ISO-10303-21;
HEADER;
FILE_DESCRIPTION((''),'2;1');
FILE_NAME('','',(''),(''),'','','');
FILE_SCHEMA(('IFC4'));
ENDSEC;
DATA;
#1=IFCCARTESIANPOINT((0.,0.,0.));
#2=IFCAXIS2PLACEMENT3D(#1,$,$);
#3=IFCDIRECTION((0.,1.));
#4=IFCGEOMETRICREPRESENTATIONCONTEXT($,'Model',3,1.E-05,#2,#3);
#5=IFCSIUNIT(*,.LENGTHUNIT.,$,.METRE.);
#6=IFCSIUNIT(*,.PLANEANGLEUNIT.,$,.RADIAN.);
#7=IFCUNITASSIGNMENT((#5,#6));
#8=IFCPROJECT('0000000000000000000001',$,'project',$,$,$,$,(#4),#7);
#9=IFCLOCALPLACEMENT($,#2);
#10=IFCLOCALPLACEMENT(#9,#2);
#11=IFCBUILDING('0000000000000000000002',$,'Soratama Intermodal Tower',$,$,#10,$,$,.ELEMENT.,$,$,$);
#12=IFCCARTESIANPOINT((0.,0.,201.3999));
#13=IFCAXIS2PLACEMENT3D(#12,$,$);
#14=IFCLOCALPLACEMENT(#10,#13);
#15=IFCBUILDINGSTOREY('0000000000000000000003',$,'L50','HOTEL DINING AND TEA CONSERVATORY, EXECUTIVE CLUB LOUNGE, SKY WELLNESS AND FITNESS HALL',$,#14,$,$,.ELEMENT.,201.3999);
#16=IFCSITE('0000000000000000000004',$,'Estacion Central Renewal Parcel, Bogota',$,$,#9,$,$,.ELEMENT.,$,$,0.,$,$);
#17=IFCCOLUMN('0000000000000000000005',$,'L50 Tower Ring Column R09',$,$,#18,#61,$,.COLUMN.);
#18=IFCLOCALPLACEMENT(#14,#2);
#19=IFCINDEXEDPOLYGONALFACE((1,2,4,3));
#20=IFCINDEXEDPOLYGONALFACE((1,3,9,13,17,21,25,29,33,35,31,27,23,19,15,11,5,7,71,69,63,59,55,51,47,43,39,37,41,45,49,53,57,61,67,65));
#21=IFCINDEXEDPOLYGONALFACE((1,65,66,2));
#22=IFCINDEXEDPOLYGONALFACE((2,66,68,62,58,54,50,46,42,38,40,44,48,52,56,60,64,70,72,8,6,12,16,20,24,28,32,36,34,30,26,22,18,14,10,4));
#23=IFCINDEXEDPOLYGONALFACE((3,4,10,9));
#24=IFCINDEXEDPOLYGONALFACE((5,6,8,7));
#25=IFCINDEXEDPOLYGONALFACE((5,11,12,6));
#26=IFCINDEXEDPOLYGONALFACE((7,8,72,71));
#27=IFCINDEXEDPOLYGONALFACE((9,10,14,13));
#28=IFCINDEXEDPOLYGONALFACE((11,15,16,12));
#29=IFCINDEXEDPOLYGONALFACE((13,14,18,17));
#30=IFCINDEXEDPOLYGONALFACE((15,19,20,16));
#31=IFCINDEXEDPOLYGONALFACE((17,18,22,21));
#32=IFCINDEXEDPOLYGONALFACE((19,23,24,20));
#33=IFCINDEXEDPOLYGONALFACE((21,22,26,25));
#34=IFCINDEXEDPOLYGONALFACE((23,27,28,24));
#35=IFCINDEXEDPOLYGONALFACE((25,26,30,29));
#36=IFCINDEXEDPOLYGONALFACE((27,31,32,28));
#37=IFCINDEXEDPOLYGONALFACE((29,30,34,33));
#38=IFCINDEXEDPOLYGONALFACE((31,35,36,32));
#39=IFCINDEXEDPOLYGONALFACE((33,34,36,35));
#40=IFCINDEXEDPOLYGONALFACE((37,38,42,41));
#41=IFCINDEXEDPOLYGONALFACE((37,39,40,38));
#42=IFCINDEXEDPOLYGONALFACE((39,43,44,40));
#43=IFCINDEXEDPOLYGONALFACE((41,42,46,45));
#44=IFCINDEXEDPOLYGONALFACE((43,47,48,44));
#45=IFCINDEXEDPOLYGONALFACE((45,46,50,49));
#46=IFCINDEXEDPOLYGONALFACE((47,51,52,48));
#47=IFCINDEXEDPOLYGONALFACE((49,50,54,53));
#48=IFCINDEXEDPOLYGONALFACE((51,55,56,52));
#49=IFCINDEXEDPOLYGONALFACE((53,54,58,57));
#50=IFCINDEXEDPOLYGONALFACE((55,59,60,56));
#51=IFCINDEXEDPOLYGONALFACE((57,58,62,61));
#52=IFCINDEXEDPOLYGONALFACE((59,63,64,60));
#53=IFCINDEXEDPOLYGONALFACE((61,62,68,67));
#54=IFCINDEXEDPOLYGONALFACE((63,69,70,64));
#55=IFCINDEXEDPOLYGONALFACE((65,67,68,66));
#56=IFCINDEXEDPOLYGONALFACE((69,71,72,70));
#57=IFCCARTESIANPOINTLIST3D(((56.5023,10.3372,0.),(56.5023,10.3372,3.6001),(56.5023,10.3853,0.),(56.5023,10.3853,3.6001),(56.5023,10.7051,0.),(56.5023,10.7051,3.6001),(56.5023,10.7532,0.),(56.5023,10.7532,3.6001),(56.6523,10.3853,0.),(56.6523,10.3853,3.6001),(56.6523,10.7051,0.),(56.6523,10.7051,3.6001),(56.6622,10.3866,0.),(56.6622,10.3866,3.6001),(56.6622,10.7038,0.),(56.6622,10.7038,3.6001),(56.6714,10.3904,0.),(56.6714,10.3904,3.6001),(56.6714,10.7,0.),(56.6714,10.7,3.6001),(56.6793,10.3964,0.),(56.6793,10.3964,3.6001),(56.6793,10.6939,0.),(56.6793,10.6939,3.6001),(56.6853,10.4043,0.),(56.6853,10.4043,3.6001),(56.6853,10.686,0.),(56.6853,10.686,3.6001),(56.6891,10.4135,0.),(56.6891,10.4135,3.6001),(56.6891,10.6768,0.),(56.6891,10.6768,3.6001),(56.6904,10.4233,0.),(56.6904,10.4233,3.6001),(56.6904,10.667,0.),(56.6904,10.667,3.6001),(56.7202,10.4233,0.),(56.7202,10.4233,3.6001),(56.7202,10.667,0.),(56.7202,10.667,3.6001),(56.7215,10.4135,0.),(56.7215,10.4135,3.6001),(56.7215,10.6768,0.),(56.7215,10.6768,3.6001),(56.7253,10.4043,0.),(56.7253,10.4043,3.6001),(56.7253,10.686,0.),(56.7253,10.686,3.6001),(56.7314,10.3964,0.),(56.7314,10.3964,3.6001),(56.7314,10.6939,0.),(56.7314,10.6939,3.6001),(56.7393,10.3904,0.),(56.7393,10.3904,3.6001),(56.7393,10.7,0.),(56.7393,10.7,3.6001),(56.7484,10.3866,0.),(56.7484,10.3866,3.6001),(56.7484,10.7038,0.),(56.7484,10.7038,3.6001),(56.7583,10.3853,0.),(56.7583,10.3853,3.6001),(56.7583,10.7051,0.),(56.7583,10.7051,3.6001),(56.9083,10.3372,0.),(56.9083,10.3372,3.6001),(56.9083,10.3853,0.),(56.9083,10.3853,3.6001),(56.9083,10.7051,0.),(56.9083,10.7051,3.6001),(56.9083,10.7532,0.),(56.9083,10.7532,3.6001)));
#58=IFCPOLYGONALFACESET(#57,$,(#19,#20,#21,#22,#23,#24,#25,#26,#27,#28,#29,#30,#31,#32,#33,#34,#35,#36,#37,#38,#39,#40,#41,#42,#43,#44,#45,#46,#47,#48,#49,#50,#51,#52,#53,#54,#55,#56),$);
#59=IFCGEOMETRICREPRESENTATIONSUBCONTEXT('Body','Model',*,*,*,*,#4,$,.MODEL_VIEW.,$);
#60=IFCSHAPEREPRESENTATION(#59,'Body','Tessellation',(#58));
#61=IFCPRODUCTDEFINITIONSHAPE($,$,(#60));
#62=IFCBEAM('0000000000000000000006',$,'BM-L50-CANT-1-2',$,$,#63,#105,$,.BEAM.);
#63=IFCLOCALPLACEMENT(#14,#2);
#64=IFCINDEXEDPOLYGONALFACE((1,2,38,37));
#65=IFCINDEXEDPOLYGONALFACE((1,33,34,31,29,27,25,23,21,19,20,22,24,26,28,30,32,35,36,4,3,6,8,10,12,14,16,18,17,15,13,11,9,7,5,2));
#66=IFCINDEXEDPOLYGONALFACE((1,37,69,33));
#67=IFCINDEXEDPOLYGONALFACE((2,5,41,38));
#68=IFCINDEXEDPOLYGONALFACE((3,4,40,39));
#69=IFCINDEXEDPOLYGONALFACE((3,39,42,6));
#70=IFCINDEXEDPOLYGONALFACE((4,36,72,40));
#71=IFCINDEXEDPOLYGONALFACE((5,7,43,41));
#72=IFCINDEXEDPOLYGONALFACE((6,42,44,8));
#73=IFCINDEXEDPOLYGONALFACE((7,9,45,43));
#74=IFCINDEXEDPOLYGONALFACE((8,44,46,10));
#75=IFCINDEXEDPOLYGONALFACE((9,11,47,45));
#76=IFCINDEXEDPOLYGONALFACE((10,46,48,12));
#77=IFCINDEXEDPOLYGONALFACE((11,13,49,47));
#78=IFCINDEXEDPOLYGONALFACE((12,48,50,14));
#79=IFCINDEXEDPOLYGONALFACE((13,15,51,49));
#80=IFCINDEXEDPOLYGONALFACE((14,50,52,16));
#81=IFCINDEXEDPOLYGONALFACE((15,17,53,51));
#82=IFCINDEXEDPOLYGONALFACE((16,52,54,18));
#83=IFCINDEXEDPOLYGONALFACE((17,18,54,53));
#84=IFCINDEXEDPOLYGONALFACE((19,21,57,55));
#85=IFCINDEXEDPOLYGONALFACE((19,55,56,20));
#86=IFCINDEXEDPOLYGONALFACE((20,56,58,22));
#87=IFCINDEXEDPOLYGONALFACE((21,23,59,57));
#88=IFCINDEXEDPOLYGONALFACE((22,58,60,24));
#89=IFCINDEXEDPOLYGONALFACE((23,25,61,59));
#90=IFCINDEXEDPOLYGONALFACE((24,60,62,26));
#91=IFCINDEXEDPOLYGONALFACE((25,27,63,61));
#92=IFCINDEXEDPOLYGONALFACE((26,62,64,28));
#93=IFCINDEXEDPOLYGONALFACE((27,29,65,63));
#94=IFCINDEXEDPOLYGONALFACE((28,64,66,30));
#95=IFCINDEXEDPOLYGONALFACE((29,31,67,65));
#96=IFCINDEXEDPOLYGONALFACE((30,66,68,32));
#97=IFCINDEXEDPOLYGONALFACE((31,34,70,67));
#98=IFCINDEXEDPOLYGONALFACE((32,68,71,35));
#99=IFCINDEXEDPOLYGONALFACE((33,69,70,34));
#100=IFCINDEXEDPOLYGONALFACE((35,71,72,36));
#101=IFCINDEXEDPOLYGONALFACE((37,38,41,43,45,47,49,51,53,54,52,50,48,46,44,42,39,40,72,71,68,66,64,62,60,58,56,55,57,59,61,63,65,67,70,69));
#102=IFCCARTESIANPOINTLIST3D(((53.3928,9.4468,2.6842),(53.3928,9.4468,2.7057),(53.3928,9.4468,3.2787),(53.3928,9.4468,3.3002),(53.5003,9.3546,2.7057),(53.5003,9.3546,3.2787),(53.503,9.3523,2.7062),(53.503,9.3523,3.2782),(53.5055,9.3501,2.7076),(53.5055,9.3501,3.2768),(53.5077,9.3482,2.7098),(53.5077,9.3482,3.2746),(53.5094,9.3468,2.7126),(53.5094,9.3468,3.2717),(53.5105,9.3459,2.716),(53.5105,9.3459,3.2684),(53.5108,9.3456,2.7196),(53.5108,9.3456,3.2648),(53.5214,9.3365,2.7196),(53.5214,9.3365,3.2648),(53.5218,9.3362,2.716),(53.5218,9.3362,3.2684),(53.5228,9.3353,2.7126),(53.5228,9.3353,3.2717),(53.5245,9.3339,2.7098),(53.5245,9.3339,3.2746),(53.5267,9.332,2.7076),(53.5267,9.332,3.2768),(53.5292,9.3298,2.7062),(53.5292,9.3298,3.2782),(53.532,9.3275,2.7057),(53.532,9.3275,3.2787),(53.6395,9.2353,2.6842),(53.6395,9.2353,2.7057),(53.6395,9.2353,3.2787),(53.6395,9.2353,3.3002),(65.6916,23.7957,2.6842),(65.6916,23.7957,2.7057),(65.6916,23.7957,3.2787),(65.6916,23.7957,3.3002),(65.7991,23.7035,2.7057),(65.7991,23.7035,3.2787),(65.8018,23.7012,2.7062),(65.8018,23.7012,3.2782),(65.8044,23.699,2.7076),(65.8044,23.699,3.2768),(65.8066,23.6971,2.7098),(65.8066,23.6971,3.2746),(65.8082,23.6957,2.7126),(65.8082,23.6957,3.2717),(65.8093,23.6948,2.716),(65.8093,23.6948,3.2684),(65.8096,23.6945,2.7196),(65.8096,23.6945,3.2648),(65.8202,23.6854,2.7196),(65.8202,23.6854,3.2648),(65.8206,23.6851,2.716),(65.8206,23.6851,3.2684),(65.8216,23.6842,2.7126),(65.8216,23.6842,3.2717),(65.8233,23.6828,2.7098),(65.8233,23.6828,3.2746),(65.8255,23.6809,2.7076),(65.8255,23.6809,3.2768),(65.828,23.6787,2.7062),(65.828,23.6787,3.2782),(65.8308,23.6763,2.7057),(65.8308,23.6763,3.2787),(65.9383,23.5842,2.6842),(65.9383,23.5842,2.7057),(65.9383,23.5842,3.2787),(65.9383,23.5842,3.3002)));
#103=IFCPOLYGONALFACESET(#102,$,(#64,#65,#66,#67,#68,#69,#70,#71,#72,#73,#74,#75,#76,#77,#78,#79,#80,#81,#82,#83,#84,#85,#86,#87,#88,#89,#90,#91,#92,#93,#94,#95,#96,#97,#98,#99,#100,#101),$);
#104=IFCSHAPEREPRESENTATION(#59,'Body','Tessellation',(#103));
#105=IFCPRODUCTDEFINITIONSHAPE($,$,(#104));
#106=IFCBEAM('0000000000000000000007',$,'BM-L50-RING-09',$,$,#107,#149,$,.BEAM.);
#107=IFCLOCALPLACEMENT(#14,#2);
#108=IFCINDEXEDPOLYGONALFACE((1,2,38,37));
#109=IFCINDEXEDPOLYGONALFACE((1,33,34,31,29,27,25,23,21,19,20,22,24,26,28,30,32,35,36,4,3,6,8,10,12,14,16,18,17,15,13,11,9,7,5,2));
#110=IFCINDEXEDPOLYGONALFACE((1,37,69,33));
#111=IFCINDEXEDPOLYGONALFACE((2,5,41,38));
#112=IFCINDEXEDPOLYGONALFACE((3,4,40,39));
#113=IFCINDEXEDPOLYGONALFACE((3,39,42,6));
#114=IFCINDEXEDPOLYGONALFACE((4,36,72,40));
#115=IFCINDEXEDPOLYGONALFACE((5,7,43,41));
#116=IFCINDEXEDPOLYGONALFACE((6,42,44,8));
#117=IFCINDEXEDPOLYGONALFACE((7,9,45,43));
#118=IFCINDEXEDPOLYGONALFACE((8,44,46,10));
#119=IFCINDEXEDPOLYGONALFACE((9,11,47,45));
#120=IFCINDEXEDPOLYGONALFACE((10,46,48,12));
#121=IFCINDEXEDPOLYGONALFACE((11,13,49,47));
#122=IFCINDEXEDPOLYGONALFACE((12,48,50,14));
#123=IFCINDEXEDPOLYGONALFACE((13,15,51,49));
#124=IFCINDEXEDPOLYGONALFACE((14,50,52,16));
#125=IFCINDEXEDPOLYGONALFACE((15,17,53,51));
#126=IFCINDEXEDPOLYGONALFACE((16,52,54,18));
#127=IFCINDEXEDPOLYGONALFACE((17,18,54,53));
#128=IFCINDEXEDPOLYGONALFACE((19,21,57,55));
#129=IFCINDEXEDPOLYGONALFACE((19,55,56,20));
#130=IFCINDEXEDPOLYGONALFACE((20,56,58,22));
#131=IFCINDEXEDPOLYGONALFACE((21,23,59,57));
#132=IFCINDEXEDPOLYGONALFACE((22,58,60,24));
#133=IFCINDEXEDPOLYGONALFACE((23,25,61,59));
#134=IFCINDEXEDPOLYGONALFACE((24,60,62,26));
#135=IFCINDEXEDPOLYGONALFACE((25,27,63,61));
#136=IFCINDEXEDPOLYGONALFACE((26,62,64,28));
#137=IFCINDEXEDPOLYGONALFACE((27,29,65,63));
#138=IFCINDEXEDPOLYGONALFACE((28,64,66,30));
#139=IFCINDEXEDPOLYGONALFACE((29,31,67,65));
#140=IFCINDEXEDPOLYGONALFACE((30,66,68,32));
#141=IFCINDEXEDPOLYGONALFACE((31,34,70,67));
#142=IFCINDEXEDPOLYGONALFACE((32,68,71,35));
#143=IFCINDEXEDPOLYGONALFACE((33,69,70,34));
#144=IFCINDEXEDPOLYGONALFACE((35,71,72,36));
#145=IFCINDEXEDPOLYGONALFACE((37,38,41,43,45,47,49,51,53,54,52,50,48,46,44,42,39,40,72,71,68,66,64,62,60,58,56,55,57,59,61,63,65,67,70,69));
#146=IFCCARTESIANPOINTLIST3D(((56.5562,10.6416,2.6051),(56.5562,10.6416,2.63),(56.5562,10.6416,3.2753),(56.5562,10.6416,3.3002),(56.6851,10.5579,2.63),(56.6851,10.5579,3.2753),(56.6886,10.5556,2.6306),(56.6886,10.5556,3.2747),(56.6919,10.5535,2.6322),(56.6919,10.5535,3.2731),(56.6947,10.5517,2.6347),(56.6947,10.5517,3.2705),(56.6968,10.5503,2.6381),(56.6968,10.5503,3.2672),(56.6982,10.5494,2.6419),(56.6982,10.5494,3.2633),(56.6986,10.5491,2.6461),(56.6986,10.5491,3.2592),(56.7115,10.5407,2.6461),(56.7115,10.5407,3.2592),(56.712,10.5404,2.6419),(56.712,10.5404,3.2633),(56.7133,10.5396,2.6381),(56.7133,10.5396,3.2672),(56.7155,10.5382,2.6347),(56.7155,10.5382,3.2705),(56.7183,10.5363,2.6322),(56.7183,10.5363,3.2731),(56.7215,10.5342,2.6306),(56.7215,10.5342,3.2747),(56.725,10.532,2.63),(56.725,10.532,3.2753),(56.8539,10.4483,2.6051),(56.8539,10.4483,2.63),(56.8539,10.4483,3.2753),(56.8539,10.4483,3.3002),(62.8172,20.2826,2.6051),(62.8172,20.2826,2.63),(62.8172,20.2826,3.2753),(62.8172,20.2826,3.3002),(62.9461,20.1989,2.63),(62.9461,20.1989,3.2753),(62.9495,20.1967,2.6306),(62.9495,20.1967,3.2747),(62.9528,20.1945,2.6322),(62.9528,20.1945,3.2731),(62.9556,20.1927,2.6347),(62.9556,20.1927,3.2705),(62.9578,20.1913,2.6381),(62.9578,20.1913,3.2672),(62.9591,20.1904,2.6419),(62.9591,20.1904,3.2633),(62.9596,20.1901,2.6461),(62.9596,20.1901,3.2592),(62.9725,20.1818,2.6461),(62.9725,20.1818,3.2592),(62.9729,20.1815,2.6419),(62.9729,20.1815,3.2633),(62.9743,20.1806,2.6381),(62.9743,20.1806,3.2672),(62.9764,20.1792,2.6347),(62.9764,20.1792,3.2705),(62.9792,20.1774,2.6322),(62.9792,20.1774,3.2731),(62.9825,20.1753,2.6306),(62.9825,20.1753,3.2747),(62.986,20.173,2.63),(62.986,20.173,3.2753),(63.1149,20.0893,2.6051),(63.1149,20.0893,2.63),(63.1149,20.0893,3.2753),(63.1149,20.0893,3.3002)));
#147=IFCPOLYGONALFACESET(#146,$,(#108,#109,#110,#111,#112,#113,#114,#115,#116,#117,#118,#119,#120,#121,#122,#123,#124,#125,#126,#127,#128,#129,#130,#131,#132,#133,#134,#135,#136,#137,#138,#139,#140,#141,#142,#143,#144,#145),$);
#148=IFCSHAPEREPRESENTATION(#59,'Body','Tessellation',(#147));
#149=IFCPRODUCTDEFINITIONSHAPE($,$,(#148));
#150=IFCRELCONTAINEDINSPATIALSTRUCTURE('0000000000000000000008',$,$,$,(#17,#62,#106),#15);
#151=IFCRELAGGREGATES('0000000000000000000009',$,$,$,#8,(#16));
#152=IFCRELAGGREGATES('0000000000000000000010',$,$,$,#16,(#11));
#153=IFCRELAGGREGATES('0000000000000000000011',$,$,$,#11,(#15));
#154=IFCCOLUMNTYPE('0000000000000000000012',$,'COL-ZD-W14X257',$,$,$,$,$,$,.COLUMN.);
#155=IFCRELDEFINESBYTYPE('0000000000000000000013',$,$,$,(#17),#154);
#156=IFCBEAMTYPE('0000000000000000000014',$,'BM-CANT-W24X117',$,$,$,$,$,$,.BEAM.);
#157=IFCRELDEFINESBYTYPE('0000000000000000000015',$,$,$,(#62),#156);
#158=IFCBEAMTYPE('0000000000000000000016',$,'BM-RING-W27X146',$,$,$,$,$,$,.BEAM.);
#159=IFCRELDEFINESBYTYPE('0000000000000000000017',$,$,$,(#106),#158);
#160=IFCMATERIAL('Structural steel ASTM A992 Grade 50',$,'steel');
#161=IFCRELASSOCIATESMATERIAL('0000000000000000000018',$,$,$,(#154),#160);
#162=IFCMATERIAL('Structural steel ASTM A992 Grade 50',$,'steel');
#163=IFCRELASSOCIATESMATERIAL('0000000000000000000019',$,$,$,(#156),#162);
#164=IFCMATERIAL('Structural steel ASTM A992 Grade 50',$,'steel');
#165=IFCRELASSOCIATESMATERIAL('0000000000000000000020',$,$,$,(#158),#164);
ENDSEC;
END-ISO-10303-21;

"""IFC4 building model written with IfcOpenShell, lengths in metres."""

from ifc_helpers import new_model, si_unit, direction, frame, origin, origin_2d, place, context, subcontext, project, spatial, i_section, extrude, material, material_profile, profile_set, type_object, element, save


model = new_model("IFC4")

# Units and contexts
model_context = context("Model", 3, precision=1e-05, world=origin(), true_north=direction((0.0, 1.0)))
body_context = subcontext(model_context, "Body", "Model", "MODEL_VIEW")
ifc_project = project(units=[si_unit("LENGTHUNIT", "METRE"), si_unit("PLANEANGLEUNIT", "RADIAN")], contexts=[model_context])

# Site, building, storey
site_placement = place(None, origin())
site = spatial("IfcSite", under=ifc_project, at=site_placement, Name="Estacion Central Renewal Parcel, Bogota", CompositionType="ELEMENT", RefElevation=0.0)
building_placement = place(site_placement, origin())
building = spatial("IfcBuilding", under=site, at=building_placement, Name="Soratama Intermodal Tower", CompositionType="ELEMENT")
storey_placement = place(building_placement, frame((0.0, 0.0, 201.3999)))
storey = spatial("IfcBuildingStorey", under=building, at=storey_placement, Name="L50", Description="HOTEL DINING AND TEA CONSERVATORY, EXECUTIVE CLUB LOUNGE, SKY WELLNESS AND FITNESS HALL", CompositionType="ELEMENT", Elevation=201.3999)

# Column
ifc_material_1 = material(Name="Structural steel ASTM A992 Grade 50", Category="steel")
ifc_material_profile_1 = material_profile(ifc_material_1, i_section(OverallWidth=0.406, OverallDepth=0.416, WebThickness=0.0298, FlangeThickness=0.0481, FilletRadius=0.0381, at=origin_2d()), Name="W14X257")
ifc_profile_set_1 = profile_set([ifc_material_profile_1], Name="Structural steel ASTM A992 Grade 50")
column_type = type_object("IfcColumnType", Name="COL-ZD-W14X257", PredefinedType="COLUMN", material=ifc_profile_set_1)
column_placement = place(storey_placement, frame((56.7053, 10.5452, 0.0), z_axis=(0.0, 0.0, 1.0), x_axis=(1.0, 0.0, 0.0)))
element("IfcColumn", 1, at=column_placement, inside=storey, type_object=column_type, Name="L50 Tower Ring Column R09", PredefinedType="COLUMN", context=body_context, shape_type="SweptSolid", body=[
    extrude(i_section(OverallWidth=0.406, OverallDepth=0.416, WebThickness=0.0298, FlangeThickness=0.0481, FilletRadius=0.0381, at=origin_2d()), origin(), (0.0, 0.0, 1.0), 3.6001),
])

# Beams
ifc_material_2 = material(Name="Structural steel ASTM A992 Grade 50", Category="steel")
ifc_material_profile_2 = material_profile(ifc_material_2, i_section(OverallWidth=0.325, OverallDepth=0.616, WebThickness=0.0139, FlangeThickness=0.0215, FilletRadius=0.0139, at=origin_2d()), Name="W24X117")
ifc_profile_set_2 = profile_set([ifc_material_profile_2], Name="Structural steel ASTM A992 Grade 50")
beam_type_1 = type_object("IfcBeamType", Name="BM-CANT-W24X117", PredefinedType="BEAM", material=ifc_profile_set_2)
beam_1_placement = place(storey_placement, frame((53.5161, 9.3411, 2.9922), z_axis=(0.650785, 0.759262, 0.0), x_axis=(-0.759262, 0.650785, 0.0)))
element("IfcBeam", 2, at=beam_1_placement, inside=storey, type_object=beam_type_1, Name="BM-L50-CANT-1-2", PredefinedType="BEAM", context=body_context, shape_type="SweptSolid", body=[
    extrude(i_section(OverallWidth=0.325, OverallDepth=0.616, WebThickness=0.0139, FlangeThickness=0.0215, FilletRadius=0.0139, at=origin_2d()), origin(), (0.0, 0.0, 1.0), 18.8984),
])
ifc_material_3 = material(Name="Structural steel ASTM A992 Grade 50", Category="steel")
ifc_material_profile_3 = material_profile(ifc_material_3, i_section(OverallWidth=0.355, OverallDepth=0.6951, WebThickness=0.0154, FlangeThickness=0.0249, FilletRadius=0.0161, at=origin_2d()), Name="W27X146")
ifc_profile_set_3 = profile_set([ifc_material_profile_3], Name="Structural steel ASTM A992 Grade 50")
beam_type_2 = type_object("IfcBeamType", Name="BM-RING-W27X146", PredefinedType="BEAM", material=ifc_profile_set_3)
beam_2_placement = place(storey_placement, frame((56.7051, 10.5449, 2.9526), z_axis=(0.544637, 0.838672, 0.0), x_axis=(-0.838672, 0.544637, 0.0)))
element("IfcBeam", 3, at=beam_2_placement, inside=storey, type_object=beam_type_2, Name="BM-L50-RING-09", PredefinedType="BEAM", context=body_context, shape_type="SweptSolid", body=[
    extrude(i_section(OverallWidth=0.355, OverallDepth=0.6951, WebThickness=0.0154, FlangeThickness=0.0249, FilletRadius=0.0161, at=origin_2d()), origin(), (0.0, 0.0, 1.0), 11.4956),
])

save(model, "model.ifc")
